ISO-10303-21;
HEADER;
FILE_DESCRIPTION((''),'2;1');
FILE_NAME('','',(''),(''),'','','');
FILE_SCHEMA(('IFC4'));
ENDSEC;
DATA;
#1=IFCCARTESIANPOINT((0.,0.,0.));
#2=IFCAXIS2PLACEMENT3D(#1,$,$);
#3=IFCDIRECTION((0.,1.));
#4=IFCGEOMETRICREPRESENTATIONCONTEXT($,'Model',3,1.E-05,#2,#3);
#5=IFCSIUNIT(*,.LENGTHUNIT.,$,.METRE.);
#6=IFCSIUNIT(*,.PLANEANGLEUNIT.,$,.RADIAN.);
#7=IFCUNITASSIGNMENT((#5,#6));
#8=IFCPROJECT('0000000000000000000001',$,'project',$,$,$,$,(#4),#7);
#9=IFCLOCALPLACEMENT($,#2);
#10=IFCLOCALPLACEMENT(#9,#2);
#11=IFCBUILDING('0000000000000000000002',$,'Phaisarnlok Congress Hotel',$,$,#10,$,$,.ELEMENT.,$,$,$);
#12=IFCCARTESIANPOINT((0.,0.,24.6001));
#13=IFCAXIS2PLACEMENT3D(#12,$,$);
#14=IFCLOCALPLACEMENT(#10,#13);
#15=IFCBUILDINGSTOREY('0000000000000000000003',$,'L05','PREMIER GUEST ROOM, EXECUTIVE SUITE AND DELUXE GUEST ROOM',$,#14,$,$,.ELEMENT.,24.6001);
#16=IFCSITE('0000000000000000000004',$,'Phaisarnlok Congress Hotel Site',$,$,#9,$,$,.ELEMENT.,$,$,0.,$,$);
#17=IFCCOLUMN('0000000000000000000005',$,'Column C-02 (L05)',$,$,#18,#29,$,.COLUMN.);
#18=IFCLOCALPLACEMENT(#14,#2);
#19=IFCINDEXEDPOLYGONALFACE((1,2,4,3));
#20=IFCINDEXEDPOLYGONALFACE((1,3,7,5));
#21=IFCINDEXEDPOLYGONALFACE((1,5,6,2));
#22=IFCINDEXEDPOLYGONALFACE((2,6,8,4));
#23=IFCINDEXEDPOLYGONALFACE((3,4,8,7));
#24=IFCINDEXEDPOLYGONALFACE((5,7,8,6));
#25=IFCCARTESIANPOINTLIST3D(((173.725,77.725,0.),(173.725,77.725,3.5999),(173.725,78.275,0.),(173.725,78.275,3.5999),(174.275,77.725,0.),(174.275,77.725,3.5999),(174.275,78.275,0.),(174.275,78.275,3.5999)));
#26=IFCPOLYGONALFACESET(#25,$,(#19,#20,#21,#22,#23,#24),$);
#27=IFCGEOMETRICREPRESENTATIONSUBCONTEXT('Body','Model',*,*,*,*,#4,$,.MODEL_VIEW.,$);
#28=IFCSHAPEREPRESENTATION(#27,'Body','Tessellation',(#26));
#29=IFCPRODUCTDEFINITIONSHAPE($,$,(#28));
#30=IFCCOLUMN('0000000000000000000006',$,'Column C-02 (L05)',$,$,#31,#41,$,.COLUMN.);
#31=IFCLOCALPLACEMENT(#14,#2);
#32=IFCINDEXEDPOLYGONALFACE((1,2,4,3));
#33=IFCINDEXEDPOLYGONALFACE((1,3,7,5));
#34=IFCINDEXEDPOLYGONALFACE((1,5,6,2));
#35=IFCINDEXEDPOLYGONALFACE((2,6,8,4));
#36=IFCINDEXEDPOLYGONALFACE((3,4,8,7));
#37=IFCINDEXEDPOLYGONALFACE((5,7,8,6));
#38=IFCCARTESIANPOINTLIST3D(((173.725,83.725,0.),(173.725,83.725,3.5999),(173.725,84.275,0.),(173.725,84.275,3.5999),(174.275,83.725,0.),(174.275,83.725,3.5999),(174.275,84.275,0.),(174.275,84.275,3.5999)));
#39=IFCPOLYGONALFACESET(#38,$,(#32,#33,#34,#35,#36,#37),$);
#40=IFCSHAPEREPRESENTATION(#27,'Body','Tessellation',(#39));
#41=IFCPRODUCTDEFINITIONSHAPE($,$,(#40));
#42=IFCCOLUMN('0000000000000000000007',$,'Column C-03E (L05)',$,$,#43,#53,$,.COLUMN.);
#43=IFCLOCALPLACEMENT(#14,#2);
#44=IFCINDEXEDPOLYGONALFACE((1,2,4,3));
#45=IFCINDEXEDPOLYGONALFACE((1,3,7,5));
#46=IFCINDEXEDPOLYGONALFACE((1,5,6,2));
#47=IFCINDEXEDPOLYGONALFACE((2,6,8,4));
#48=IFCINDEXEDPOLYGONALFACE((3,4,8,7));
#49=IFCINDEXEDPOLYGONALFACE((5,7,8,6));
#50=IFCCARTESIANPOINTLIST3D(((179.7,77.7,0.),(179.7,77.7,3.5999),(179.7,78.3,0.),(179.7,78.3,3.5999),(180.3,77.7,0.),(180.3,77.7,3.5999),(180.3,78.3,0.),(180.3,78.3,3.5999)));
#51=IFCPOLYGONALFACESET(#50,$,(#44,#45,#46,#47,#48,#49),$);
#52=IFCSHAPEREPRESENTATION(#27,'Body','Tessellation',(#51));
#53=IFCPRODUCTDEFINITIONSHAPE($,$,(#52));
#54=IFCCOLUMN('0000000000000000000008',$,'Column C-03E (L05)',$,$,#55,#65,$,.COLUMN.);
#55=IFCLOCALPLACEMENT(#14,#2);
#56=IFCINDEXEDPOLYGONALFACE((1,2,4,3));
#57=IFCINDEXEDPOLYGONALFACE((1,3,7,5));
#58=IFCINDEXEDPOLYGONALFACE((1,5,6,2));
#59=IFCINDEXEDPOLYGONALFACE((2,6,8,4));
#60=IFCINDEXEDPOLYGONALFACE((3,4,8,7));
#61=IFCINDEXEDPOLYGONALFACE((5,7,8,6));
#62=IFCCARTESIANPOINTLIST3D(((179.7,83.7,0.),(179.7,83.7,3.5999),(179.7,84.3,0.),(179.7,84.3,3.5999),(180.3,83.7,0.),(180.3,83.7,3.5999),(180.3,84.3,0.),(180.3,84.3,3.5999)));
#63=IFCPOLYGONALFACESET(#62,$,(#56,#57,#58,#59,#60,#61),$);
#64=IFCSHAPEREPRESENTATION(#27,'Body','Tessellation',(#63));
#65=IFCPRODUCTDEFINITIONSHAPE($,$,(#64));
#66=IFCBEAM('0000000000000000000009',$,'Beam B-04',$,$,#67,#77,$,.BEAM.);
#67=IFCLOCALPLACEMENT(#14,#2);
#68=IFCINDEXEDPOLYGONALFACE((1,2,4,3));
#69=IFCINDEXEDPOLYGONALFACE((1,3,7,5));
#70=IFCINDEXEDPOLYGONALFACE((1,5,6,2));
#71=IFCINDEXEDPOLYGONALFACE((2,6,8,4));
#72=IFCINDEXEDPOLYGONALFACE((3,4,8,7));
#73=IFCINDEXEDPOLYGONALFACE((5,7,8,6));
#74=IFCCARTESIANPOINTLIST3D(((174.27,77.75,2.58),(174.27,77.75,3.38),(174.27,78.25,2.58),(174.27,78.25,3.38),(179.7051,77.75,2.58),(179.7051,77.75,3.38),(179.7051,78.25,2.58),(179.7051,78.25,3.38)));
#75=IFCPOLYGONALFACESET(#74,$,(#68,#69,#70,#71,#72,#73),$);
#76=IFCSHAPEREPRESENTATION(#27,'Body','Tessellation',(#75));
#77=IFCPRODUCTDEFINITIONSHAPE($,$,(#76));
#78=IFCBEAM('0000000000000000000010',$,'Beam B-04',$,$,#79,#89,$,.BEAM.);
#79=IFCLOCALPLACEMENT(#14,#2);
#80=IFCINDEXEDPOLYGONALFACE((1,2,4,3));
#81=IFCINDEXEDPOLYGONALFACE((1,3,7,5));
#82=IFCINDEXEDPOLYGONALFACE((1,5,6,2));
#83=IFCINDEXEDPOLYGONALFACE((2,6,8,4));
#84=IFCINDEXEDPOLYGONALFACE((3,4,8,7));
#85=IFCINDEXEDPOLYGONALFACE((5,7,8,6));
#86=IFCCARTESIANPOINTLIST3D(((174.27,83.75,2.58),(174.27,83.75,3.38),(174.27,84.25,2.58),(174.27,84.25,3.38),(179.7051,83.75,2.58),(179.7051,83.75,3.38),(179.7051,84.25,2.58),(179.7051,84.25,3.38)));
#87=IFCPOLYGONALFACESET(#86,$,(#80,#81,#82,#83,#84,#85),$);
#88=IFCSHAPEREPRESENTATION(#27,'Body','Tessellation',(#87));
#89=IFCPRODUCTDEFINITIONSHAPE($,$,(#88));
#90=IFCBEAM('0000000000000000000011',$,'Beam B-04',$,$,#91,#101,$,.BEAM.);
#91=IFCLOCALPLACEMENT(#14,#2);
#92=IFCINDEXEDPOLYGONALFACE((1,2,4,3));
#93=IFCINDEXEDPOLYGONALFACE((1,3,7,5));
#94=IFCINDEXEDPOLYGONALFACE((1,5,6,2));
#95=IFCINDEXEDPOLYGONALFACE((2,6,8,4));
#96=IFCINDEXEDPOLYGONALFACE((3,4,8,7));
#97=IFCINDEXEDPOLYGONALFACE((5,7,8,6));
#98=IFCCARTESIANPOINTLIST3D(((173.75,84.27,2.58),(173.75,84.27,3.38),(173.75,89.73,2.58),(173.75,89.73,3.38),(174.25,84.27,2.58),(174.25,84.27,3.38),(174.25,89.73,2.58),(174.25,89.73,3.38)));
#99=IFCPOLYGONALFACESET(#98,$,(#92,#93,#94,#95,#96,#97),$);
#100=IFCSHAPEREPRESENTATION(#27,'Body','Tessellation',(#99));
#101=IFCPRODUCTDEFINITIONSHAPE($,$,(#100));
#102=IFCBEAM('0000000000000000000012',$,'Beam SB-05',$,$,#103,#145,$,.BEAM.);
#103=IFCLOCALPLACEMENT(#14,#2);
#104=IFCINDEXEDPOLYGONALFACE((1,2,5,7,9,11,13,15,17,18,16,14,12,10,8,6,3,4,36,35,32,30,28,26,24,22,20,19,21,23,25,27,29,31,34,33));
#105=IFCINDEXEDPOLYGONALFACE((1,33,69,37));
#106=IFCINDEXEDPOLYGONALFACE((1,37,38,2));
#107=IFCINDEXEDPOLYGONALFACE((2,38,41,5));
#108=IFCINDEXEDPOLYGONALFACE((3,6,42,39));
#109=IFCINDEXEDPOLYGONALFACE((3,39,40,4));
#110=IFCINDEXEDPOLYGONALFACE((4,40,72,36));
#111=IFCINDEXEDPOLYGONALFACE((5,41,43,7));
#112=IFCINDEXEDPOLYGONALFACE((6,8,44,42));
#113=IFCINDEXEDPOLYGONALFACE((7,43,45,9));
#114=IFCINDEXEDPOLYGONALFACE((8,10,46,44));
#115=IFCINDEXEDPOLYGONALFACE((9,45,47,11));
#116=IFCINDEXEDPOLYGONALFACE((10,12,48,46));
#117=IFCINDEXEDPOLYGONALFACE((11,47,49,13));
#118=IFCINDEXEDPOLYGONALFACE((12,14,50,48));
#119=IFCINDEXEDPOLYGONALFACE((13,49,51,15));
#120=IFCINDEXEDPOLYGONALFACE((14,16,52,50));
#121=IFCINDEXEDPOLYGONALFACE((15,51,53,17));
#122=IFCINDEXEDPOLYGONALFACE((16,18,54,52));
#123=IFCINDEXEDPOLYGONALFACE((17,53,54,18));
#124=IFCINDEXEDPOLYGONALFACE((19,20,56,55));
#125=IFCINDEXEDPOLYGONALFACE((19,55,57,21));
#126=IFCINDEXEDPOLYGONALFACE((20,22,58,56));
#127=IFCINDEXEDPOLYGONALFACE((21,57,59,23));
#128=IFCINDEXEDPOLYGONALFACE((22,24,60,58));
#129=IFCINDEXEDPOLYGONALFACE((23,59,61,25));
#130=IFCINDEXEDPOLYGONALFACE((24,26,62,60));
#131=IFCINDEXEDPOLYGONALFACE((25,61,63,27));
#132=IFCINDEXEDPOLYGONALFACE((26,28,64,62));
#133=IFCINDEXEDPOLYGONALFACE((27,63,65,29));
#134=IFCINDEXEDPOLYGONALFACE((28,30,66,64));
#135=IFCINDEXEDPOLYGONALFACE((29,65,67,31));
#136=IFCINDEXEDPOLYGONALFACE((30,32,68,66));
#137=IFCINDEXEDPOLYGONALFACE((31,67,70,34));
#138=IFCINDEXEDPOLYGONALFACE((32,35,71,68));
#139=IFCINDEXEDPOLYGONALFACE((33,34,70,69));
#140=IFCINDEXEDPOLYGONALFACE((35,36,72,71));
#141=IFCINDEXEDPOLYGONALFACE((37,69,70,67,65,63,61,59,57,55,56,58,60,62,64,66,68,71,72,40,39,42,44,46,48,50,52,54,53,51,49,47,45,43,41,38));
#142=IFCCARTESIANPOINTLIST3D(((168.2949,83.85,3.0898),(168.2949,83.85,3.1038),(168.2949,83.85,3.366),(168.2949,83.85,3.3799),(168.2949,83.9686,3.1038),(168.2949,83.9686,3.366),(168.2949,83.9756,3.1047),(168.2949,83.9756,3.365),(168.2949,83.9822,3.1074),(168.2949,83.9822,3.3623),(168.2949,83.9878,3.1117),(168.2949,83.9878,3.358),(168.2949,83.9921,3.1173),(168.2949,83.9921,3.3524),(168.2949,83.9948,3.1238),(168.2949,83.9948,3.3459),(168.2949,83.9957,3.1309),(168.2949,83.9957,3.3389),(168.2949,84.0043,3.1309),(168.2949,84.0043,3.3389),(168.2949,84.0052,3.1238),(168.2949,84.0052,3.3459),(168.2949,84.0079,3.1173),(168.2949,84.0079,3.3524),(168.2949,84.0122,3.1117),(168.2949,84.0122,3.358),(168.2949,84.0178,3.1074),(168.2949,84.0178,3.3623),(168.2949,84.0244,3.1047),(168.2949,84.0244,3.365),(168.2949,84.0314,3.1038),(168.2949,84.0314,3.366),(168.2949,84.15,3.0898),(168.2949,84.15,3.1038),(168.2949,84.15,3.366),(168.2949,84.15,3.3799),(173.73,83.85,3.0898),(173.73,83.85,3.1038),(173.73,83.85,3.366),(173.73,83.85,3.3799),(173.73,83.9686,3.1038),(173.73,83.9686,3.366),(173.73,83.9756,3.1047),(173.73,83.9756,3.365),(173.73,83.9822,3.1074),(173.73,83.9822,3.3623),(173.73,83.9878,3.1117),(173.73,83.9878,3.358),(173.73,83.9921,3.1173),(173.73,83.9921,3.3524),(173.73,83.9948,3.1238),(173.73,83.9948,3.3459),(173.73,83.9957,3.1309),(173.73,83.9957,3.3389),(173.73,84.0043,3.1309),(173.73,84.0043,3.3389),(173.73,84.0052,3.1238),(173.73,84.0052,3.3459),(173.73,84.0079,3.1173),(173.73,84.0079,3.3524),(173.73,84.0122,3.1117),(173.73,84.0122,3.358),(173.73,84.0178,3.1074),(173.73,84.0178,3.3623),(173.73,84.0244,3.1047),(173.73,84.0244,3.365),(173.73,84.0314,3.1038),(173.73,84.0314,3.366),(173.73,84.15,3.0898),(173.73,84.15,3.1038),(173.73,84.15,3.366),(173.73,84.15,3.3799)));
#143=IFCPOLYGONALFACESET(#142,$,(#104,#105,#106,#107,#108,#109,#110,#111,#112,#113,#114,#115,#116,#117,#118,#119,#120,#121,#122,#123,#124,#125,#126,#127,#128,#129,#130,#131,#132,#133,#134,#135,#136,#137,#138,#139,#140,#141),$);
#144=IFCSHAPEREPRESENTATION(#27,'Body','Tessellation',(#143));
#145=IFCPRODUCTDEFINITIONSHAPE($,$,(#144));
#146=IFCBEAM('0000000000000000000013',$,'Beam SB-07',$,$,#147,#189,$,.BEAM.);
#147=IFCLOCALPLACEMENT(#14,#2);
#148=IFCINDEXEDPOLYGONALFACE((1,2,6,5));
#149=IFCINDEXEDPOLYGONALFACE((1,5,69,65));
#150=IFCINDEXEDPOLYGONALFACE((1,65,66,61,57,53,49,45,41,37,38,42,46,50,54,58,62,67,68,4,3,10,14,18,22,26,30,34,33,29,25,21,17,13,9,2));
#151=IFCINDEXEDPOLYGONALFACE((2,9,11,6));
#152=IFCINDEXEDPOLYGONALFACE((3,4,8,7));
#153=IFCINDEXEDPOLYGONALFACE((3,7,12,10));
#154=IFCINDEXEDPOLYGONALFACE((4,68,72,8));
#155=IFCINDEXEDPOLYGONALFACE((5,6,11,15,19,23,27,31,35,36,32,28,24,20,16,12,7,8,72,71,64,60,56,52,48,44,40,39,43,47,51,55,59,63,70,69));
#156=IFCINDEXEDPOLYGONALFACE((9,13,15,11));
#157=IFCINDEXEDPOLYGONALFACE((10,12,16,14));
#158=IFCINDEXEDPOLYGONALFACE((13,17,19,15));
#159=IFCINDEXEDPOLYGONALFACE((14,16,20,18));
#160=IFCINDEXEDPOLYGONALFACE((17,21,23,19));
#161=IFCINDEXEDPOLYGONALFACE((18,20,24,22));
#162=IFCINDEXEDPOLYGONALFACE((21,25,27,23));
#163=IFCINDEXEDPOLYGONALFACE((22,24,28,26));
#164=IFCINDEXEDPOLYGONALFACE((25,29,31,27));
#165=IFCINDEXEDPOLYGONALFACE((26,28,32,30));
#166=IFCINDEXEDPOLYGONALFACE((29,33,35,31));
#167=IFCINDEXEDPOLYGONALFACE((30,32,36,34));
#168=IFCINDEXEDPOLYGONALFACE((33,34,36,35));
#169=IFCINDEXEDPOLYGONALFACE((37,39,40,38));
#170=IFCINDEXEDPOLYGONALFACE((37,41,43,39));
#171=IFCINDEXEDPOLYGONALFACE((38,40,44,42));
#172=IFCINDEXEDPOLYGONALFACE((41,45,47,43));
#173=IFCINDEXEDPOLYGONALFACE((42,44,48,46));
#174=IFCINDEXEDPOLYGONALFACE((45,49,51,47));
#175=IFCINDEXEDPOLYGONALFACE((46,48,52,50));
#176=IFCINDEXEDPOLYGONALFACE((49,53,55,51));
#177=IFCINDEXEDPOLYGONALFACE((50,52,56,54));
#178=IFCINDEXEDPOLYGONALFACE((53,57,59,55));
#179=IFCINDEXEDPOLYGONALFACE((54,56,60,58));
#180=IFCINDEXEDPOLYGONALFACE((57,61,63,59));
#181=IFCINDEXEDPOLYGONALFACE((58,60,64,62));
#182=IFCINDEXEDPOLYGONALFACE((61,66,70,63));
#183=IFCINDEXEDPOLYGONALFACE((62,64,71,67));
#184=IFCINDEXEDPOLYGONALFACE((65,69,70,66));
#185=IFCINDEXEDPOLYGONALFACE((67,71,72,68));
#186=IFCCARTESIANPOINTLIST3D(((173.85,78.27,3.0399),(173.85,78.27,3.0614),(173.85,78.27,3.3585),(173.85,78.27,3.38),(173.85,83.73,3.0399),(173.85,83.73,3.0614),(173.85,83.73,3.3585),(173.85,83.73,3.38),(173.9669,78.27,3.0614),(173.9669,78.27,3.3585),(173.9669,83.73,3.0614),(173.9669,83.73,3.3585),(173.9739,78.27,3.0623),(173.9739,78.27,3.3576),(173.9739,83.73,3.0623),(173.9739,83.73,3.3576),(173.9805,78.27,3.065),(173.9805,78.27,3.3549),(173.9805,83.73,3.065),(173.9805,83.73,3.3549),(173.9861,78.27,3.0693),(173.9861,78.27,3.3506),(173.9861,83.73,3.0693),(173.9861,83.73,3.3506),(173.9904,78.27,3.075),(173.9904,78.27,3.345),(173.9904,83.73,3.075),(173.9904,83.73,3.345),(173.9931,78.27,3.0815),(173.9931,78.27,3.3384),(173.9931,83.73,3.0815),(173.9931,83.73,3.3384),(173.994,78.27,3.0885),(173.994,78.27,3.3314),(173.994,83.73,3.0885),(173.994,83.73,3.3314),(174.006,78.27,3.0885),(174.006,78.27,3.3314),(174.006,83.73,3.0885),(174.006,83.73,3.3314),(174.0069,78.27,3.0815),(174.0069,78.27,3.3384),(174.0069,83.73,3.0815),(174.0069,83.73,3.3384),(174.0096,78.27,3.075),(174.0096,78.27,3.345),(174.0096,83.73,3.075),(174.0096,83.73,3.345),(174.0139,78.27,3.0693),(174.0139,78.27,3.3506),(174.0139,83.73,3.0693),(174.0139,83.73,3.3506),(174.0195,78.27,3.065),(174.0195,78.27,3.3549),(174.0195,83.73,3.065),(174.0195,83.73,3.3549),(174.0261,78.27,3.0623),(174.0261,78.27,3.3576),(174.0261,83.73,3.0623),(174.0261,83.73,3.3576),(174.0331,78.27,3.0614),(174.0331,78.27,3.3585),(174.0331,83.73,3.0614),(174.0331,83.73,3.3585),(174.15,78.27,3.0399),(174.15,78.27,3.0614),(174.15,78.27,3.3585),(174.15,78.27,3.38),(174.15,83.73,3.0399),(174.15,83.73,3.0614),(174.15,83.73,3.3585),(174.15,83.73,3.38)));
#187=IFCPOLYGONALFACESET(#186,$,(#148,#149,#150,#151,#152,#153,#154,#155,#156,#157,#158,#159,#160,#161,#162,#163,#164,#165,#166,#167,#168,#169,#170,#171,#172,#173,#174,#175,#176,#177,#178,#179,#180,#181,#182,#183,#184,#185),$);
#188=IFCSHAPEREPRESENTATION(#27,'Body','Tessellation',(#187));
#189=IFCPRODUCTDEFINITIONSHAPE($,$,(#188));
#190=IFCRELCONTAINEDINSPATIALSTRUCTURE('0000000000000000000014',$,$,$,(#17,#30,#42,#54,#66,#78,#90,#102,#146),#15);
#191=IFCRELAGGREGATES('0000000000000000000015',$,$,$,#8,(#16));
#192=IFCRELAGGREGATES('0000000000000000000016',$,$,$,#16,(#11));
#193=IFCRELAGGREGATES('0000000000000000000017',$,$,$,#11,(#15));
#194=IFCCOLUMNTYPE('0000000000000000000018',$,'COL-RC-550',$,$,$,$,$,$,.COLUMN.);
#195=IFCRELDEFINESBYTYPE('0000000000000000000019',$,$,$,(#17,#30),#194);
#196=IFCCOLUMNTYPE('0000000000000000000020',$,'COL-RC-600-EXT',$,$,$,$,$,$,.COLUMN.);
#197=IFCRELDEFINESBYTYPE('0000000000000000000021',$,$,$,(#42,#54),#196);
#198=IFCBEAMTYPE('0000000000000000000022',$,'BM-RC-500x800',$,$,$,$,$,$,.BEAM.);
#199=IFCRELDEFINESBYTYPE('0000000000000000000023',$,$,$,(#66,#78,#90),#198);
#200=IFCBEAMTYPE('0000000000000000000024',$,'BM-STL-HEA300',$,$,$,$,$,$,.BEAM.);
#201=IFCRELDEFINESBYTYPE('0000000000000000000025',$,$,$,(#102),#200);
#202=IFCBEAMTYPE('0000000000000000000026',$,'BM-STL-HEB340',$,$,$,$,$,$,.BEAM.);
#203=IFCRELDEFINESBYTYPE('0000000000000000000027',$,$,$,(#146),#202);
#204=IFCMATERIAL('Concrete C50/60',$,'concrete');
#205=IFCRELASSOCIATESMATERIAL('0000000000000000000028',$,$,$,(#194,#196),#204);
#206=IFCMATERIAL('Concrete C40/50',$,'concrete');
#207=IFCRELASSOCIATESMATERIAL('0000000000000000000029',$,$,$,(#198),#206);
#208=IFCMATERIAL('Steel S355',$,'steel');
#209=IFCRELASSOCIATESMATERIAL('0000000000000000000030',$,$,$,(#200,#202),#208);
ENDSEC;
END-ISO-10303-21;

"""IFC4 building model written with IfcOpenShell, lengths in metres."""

from ifc_helpers import new_model, si_unit, direction, frame, origin, origin_2d, place, context, subcontext, project, spatial, rectangle, i_section, extrude, material, material_profile, profile_set, type_object, element, save


model = new_model("IFC4")

# Units and contexts
model_context = context("Model", 3, precision=1e-05, world=origin(), true_north=direction((0.0, 1.0)))
body_context = subcontext(model_context, "Body", "Model", "MODEL_VIEW")
ifc_project = project(units=[si_unit("LENGTHUNIT", "METRE"), si_unit("PLANEANGLEUNIT", "RADIAN")], contexts=[model_context])

# Site, building, storey
site_placement = place(None, origin())
site = spatial("IfcSite", under=ifc_project, at=site_placement, Name="Phaisarnlok Congress Hotel Site", CompositionType="ELEMENT", RefElevation=0.0)
building_placement = place(site_placement, origin())
building = spatial("IfcBuilding", under=site, at=building_placement, Name="Phaisarnlok Congress Hotel", CompositionType="ELEMENT")
storey_placement = place(building_placement, frame((0.0, 0.0, 24.6001)))
storey = spatial("IfcBuildingStorey", under=building, at=storey_placement, Name="L05", Description="PREMIER GUEST ROOM, EXECUTIVE SUITE AND DELUXE GUEST ROOM", CompositionType="ELEMENT", Elevation=24.6001)

# Columns
ifc_material_1 = material(Name="Concrete C50/60", Category="concrete")
ifc_material_profile_1 = material_profile(ifc_material_1, rectangle(XDim=0.55, YDim=0.55, at=origin_2d()), Name="RC 550x550")
ifc_profile_set_1 = profile_set([ifc_material_profile_1], Name="Concrete C50/60")
column_type_1 = type_object("IfcColumnType", Name="COL-RC-550", PredefinedType="COLUMN", material=ifc_profile_set_1)
for number, where, z_axis, x_axis, name in (
    (1, (174.0, 78.0, 0.0), (0.0, 0.0, 1.0), (1.0, 0.0, 0.0), "Column C-02 (L05)"),
    (2, (174.0, 84.0, 0.0), (0.0, 0.0, 1.0), (1.0, 0.0, 0.0), "Column C-02 (L05)"),
):
    element("IfcColumn", number, at=place(storey_placement, frame(where, z_axis=z_axis, x_axis=x_axis)), inside=storey, type_object=column_type_1, Name=name, PredefinedType="COLUMN", context=body_context, shape_type="SweptSolid", body=[
        extrude(rectangle(XDim=0.55, YDim=0.55, at=origin_2d()), origin(), (0.0, 0.0, 1.0), 3.5999),
    ])
ifc_material_profile_2 = material_profile(ifc_material_1, rectangle(XDim=0.6001, YDim=0.6001, at=origin_2d()), Name="RC 600x600")
ifc_profile_set_2 = profile_set([ifc_material_profile_2], Name="Concrete C50/60")
column_type_2 = type_object("IfcColumnType", Name="COL-RC-600-EXT", PredefinedType="COLUMN", material=ifc_profile_set_2)
for number, where, z_axis, x_axis, name in (
    (3, (180.0, 78.0, 0.0), (0.0, 0.0, 1.0), (1.0, 0.0, 0.0), "Column C-03E (L05)"),
    (4, (180.0, 84.0, 0.0), (0.0, 0.0, 1.0), (1.0, 0.0, 0.0), "Column C-03E (L05)"),
):
    element("IfcColumn", number, at=place(storey_placement, frame(where, z_axis=z_axis, x_axis=x_axis)), inside=storey, type_object=column_type_2, Name=name, PredefinedType="COLUMN", context=body_context, shape_type="SweptSolid", body=[
        extrude(rectangle(XDim=0.6001, YDim=0.6001, at=origin_2d()), origin(), (0.0, 0.0, 1.0), 3.5999),
    ])

# Beams
ifc_material_2 = material(Name="Concrete C40/50", Category="concrete")
ifc_material_profile_3 = material_profile(ifc_material_2, rectangle(XDim=0.5, YDim=0.8, at=origin_2d()), Name="RC 500x800")
ifc_profile_set_3 = profile_set([ifc_material_profile_3], Name="Concrete C40/50")
beam_type_1 = type_object("IfcBeamType", Name="BM-RC-500x800", PredefinedType="BEAM", material=ifc_profile_set_3)
for number, where, z_axis, x_axis, name in (
    (5, (174.27, 78.0, 2.98), (1.0, 0.0, 0.0), (0.0, 1.0, 0.0), "Beam B-04"),
    (6, (174.27, 84.0, 2.98), (1.0, 0.0, 0.0), (0.0, 1.0, 0.0), "Beam B-04"),
):
    element("IfcBeam", number, at=place(storey_placement, frame(where, z_axis=z_axis, x_axis=x_axis)), inside=storey, type_object=beam_type_1, Name=name, PredefinedType="BEAM", context=body_context, shape_type="SweptSolid", body=[
        extrude(rectangle(XDim=0.5, YDim=0.8, at=origin_2d()), origin(), (0.0, 0.0, 1.0), 5.4351),
    ])
beam_1_placement = place(storey_placement, frame((174.0, 84.27, 2.98), z_axis=(0.0, 1.0, 0.0), x_axis=(-1.0, 0.0, 0.0)))
element("IfcBeam", 7, at=beam_1_placement, inside=storey, type_object=beam_type_1, Name="Beam B-04", PredefinedType="BEAM", context=body_context, shape_type="SweptSolid", body=[
    extrude(rectangle(XDim=0.5, YDim=0.8, at=origin_2d()), origin(), (0.0, 0.0, 1.0), 5.46),
])
ifc_material_3 = material(Name="Steel S355", Category="steel")
ifc_material_profile_4 = material_profile(ifc_material_3, i_section(OverallWidth=0.3, OverallDepth=0.29, WebThickness=0.0085, FlangeThickness=0.0139, FilletRadius=0.0271, at=origin_2d()), Name="HEA 300")
ifc_profile_set_4 = profile_set([ifc_material_profile_4], Name="Steel S355")
beam_type_2 = type_object("IfcBeamType", Name="BM-STL-HEA300", PredefinedType="BEAM", material=ifc_profile_set_4)
beam_2_placement = place(storey_placement, frame((168.2949, 84.0, 3.2349), z_axis=(1.0, 0.0, 0.0), x_axis=(0.0, 1.0, 0.0)))
element("IfcBeam", 8, at=beam_2_placement, inside=storey, type_object=beam_type_2, Name="Beam SB-05", PredefinedType="BEAM", context=body_context, shape_type="SweptSolid", body=[
    extrude(i_section(OverallWidth=0.3, OverallDepth=0.29, WebThickness=0.0085, FlangeThickness=0.0139, FilletRadius=0.0271, at=origin_2d()), origin(), (0.0, 0.0, 1.0), 5.4351),
])
ifc_material_profile_5 = material_profile(ifc_material_3, i_section(OverallWidth=0.3, OverallDepth=0.3401, WebThickness=0.012, FlangeThickness=0.0215, FilletRadius=0.0271, at=origin_2d()), Name="HEB 340")
ifc_profile_set_5 = profile_set([ifc_material_profile_5], Name="Steel S355")
beam_type_3 = type_object("IfcBeamType", Name="BM-STL-HEB340", PredefinedType="BEAM", material=ifc_profile_set_5)
beam_3_placement = place(storey_placement, frame((174.0, 78.27, 3.21), z_axis=(0.0, 1.0, 0.0), x_axis=(-1.0, 0.0, 0.0)))
element("IfcBeam", 9, at=beam_3_placement, inside=storey, type_object=beam_type_3, Name="Beam SB-07", PredefinedType="BEAM", context=body_context, shape_type="SweptSolid", body=[
    extrude(i_section(OverallWidth=0.3, OverallDepth=0.3401, WebThickness=0.012, FlangeThickness=0.0215, FilletRadius=0.0271, at=origin_2d()), origin(), (0.0, 0.0, 1.0), 5.46),
])

save(model, "model.ifc")
